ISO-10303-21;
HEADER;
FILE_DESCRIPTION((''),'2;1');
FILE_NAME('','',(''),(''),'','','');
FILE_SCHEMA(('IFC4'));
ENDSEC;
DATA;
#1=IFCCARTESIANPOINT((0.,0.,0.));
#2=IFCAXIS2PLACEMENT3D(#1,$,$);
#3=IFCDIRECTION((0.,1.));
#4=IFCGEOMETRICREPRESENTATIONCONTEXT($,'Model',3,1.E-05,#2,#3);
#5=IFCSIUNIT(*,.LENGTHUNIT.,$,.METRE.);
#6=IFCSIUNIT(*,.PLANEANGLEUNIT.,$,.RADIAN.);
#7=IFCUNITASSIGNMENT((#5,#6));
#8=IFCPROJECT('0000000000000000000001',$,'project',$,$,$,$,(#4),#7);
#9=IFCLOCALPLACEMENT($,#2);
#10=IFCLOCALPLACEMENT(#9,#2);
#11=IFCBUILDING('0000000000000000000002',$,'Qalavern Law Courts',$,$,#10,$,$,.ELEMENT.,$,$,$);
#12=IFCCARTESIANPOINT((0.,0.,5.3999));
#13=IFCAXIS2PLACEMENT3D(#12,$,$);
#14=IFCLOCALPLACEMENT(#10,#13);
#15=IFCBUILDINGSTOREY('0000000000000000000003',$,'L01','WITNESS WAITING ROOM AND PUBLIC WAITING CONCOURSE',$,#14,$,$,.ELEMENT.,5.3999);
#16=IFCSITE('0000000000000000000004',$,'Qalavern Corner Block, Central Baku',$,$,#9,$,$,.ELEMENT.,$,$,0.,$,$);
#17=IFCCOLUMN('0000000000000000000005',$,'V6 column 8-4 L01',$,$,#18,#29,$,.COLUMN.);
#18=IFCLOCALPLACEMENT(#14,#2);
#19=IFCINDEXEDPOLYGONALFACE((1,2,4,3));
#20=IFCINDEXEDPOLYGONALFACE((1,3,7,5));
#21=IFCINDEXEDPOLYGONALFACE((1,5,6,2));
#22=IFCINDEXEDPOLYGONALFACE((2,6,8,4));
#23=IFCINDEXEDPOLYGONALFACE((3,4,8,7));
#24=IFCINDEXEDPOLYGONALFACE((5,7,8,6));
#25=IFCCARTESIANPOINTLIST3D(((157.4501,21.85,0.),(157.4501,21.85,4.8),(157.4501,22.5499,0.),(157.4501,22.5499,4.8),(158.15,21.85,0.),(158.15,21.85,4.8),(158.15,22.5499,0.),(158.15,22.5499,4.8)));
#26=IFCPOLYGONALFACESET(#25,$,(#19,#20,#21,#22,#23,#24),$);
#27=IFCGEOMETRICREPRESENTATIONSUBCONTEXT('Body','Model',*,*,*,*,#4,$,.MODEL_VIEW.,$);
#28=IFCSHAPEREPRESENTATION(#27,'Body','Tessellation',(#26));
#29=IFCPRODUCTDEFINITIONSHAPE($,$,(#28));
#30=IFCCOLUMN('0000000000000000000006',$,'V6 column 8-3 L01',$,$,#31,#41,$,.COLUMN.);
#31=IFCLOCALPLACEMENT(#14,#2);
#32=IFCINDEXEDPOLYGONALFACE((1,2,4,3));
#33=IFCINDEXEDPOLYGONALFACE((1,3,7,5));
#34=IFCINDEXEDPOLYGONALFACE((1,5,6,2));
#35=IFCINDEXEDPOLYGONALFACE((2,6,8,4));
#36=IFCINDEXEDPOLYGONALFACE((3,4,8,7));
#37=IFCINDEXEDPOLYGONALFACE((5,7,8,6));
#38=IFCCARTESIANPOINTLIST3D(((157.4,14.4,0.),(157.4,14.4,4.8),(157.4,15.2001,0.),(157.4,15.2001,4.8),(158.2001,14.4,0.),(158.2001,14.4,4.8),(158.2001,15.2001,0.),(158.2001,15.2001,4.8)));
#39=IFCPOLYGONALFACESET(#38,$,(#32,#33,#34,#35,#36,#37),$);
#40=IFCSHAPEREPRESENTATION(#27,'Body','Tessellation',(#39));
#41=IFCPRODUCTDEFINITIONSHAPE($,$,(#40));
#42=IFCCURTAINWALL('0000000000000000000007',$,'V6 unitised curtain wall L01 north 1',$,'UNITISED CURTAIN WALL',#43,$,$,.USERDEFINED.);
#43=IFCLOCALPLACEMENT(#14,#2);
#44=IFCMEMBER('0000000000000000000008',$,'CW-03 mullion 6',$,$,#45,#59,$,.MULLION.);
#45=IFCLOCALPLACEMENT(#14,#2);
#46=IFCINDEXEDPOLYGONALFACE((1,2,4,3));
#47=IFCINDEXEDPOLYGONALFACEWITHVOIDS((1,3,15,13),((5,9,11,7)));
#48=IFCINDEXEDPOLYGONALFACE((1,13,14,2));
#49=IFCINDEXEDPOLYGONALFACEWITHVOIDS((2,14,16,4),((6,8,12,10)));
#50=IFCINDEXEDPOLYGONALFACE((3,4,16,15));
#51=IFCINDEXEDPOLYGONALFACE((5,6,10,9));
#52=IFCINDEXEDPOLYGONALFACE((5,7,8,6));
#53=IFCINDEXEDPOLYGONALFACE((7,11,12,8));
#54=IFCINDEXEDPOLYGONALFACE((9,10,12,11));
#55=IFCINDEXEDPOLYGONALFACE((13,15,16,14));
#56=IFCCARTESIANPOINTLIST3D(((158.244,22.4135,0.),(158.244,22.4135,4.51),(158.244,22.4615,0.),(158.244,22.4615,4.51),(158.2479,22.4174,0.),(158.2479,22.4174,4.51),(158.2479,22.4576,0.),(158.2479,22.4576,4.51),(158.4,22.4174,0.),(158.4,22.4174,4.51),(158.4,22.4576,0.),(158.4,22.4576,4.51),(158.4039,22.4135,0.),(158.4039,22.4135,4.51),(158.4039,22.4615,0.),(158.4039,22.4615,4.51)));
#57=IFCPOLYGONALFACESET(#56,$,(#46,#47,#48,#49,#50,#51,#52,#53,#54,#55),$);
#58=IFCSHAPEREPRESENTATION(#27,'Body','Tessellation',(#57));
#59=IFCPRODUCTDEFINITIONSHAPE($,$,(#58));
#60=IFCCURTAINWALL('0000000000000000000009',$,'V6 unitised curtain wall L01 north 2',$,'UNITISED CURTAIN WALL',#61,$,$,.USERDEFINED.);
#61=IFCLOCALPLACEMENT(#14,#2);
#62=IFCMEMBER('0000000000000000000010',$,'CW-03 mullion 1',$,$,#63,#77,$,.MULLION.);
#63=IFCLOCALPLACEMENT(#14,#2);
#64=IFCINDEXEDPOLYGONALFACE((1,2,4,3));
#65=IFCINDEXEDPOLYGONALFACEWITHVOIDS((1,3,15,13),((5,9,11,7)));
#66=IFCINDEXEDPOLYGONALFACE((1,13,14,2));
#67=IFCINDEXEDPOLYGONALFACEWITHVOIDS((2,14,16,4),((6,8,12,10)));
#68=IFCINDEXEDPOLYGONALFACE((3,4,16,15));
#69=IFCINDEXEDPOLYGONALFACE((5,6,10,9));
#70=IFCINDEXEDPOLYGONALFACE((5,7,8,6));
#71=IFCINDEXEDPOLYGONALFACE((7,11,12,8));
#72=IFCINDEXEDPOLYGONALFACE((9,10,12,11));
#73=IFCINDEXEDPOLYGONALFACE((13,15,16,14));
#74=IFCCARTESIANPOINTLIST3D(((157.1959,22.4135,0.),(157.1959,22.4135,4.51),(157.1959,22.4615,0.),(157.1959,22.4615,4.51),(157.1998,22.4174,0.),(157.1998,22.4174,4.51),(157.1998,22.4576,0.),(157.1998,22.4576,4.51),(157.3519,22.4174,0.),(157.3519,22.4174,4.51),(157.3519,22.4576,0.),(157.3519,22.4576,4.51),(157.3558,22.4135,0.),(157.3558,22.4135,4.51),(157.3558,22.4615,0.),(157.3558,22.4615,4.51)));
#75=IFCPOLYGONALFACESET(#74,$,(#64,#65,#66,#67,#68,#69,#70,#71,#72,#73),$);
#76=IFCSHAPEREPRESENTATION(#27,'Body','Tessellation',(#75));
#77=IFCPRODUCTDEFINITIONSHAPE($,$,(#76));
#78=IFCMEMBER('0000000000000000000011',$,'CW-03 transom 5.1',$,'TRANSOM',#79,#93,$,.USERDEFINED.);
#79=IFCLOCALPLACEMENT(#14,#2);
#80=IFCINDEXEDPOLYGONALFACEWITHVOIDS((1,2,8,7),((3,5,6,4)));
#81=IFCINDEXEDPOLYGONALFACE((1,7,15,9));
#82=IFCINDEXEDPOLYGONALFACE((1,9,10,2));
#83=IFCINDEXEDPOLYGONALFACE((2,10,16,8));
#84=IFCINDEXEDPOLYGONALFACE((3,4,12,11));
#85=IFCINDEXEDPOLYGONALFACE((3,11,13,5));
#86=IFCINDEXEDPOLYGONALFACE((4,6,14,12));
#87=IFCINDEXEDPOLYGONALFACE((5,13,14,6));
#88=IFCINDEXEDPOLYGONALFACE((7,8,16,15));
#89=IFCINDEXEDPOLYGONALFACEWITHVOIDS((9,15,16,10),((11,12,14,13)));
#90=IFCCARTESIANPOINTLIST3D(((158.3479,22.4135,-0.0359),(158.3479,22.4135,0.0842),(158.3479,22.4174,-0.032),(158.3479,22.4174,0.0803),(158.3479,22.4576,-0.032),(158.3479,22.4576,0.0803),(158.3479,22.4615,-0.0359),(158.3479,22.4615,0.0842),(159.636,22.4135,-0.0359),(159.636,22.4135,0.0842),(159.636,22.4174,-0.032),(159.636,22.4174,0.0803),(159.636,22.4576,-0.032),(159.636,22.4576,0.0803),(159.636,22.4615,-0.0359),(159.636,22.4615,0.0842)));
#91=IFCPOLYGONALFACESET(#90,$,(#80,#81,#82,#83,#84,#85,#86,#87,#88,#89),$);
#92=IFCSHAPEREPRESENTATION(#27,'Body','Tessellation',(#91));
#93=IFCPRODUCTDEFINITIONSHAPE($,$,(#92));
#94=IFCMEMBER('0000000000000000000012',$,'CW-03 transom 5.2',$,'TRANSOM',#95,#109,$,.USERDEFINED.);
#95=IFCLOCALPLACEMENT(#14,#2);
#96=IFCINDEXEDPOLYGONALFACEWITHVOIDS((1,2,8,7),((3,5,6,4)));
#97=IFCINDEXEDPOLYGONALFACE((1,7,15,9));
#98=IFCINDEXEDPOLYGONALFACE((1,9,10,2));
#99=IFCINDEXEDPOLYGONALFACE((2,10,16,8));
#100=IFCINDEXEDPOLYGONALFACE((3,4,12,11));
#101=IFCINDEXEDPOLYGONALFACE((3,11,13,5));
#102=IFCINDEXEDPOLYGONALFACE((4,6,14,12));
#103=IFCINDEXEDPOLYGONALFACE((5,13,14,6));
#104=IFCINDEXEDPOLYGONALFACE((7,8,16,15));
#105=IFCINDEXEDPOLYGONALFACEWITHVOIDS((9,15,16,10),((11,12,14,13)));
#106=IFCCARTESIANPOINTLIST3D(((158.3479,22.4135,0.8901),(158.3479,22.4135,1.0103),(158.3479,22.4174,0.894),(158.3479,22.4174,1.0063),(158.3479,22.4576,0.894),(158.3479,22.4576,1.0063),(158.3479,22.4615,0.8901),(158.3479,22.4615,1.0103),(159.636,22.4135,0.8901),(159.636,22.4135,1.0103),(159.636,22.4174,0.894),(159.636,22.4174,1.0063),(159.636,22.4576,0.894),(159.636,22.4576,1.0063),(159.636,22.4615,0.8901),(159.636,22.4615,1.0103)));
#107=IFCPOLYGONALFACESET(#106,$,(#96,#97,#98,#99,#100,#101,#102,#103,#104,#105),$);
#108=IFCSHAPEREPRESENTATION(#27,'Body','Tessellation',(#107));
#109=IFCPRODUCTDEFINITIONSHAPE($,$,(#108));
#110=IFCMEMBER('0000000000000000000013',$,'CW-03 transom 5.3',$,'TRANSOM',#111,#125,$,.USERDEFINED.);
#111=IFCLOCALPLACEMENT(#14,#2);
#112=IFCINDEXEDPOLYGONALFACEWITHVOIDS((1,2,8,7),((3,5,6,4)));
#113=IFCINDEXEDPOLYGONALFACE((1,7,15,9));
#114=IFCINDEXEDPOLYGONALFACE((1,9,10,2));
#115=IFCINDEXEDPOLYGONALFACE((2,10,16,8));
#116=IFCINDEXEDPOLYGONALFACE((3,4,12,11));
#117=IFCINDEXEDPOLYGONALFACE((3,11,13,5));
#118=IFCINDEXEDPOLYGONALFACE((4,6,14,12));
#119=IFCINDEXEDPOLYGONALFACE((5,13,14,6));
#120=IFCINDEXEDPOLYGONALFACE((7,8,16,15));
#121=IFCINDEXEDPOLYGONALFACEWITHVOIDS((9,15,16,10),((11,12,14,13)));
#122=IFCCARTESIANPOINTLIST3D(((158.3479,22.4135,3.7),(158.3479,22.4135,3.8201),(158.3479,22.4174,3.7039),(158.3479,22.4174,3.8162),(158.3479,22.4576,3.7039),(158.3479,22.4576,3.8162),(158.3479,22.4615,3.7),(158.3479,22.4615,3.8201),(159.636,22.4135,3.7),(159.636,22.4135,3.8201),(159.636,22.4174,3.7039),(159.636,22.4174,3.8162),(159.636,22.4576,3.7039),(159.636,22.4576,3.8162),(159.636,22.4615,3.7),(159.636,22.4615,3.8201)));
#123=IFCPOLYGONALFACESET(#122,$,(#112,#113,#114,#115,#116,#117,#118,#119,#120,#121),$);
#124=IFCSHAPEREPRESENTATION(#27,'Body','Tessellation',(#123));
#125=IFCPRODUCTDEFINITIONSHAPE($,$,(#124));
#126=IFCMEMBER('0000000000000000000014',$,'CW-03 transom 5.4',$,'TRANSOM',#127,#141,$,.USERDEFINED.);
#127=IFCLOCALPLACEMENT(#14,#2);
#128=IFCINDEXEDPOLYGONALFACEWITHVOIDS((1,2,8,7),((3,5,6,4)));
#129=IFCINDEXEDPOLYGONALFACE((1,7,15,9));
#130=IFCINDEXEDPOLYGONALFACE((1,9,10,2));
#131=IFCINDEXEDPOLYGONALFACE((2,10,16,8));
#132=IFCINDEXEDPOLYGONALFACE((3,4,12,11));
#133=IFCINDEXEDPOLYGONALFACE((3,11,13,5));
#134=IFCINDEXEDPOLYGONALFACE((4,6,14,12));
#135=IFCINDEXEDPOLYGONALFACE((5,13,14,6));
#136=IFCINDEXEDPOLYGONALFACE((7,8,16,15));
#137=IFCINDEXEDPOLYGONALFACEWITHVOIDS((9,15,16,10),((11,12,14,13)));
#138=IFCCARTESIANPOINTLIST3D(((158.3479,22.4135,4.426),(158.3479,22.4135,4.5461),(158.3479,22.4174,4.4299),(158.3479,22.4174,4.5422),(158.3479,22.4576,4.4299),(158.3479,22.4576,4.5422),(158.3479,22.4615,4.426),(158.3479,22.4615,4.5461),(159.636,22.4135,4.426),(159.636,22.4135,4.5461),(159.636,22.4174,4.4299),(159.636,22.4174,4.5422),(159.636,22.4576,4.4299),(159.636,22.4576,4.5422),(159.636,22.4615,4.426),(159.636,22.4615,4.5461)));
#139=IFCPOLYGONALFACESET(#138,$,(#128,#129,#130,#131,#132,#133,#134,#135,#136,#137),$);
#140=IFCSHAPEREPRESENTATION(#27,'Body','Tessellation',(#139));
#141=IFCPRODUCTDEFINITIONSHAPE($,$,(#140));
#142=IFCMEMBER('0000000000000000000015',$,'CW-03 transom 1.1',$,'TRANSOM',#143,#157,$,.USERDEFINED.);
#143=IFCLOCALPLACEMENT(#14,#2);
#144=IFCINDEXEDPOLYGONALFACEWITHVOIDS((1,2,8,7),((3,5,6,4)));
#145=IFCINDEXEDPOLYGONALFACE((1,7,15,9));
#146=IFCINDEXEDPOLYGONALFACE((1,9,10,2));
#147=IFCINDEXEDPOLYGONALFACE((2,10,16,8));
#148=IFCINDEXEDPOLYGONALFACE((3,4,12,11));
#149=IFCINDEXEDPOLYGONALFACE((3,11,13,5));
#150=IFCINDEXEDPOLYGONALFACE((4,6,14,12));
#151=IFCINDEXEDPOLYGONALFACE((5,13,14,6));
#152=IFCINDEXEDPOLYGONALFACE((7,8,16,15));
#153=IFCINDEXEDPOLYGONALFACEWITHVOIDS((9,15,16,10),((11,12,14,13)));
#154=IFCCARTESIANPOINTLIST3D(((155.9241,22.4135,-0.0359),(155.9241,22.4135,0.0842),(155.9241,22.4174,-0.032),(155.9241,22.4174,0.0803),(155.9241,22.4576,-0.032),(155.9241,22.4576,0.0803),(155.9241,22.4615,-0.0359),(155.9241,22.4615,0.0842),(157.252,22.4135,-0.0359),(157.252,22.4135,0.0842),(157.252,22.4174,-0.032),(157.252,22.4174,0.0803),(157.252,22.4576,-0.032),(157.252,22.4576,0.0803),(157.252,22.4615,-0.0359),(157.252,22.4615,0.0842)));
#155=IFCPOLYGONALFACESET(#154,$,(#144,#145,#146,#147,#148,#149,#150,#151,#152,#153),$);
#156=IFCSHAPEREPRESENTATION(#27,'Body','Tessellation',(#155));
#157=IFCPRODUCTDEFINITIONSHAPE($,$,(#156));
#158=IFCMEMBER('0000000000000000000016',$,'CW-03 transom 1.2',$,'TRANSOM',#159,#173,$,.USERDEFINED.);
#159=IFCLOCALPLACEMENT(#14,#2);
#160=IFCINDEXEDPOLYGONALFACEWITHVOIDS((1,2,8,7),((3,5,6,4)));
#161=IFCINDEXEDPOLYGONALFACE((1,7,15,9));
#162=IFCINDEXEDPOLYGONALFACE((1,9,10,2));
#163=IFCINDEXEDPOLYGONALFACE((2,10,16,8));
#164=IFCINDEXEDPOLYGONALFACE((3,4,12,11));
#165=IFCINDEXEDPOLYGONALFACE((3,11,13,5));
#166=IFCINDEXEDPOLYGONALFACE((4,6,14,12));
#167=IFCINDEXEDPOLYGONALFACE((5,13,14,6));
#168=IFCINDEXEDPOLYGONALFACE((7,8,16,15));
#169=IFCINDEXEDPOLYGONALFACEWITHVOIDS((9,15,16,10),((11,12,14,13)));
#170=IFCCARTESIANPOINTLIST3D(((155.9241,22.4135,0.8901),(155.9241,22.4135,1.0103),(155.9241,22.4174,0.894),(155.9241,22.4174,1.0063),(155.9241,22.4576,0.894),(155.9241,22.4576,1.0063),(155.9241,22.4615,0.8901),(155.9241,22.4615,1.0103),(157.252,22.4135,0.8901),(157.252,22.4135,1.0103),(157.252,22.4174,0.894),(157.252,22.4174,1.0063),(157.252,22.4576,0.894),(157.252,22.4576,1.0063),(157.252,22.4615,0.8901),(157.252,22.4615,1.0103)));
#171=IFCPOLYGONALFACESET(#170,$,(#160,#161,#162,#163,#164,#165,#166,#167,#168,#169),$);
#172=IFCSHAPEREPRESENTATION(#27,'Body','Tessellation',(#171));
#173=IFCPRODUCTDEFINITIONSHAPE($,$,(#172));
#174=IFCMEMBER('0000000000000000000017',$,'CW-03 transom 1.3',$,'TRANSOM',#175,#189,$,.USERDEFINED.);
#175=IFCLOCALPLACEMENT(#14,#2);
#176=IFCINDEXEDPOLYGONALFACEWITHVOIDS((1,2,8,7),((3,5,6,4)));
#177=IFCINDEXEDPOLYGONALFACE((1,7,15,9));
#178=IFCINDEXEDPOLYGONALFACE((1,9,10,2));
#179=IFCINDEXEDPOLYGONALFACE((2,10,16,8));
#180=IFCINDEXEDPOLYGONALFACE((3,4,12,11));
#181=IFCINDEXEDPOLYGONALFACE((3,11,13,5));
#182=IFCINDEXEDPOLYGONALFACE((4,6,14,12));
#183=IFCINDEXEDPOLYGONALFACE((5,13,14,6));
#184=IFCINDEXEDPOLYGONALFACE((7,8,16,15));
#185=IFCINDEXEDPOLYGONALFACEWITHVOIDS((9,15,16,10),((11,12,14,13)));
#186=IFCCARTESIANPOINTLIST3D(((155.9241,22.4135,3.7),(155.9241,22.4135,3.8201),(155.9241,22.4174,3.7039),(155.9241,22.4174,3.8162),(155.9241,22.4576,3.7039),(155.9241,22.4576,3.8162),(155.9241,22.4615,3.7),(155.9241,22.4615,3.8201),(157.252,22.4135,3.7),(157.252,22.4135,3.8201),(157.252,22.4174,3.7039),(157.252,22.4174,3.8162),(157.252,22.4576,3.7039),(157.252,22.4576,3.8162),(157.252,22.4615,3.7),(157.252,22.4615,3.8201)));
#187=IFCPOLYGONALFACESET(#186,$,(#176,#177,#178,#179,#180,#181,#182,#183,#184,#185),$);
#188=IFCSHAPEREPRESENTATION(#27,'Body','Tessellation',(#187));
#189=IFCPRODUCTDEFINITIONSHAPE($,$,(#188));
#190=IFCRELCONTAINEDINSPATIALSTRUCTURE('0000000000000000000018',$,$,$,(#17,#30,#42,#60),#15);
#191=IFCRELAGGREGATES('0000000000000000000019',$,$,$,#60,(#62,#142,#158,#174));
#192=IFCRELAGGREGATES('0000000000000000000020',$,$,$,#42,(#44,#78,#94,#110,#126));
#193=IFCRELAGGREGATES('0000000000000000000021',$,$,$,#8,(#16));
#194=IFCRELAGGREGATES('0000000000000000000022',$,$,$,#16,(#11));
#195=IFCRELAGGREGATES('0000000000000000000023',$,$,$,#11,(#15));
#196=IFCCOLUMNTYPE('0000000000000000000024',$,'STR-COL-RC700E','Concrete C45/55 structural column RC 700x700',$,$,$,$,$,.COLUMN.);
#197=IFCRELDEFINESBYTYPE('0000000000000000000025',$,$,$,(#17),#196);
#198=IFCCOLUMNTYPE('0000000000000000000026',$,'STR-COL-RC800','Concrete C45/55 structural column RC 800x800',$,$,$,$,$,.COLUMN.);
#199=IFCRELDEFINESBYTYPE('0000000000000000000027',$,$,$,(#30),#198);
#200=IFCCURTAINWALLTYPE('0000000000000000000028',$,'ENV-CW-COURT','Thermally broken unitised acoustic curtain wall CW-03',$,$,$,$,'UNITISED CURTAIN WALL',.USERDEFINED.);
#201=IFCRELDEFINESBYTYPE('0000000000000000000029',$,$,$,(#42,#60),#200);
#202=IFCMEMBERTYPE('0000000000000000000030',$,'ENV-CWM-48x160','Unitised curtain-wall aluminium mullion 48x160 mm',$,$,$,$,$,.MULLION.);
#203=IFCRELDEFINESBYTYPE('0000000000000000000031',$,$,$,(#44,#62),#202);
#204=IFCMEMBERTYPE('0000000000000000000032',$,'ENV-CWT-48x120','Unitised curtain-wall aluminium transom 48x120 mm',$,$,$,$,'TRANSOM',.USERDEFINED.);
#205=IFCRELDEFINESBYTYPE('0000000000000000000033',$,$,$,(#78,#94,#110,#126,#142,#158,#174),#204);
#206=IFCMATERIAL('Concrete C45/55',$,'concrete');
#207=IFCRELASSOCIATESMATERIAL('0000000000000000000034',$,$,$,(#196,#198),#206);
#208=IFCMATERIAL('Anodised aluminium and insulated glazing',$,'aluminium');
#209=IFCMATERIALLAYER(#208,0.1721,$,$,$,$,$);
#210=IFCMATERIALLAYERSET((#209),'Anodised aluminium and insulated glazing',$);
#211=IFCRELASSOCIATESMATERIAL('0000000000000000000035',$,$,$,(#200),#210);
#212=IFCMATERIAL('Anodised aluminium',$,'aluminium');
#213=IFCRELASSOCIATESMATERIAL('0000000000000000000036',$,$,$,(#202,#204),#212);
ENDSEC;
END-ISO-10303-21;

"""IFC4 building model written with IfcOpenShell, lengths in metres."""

from ifc_helpers import new_model, si_unit, direction, frame, origin, origin_2d, place, context, subcontext, project, spatial, rectangle, hollow_rectangle, extrude, material, layer, layer_set, material_profile, profile_set, type_object, element, aggregate, save


model = new_model("IFC4")

# Units and contexts
model_context = context("Model", 3, precision=1e-05, world=origin(), true_north=direction((0.0, 1.0)))
body_context = subcontext(model_context, "Body", "Model", "MODEL_VIEW")
ifc_project = project(units=[si_unit("LENGTHUNIT", "METRE"), si_unit("PLANEANGLEUNIT", "RADIAN")], contexts=[model_context])

# Site, building, storey
site_placement = place(None, origin())
site = spatial("IfcSite", under=ifc_project, at=site_placement, Name="Qalavern Corner Block, Central Baku", CompositionType="ELEMENT", RefElevation=0.0)
building_placement = place(site_placement, origin())
building = spatial("IfcBuilding", under=site, at=building_placement, Name="Qalavern Law Courts", CompositionType="ELEMENT")
storey_placement = place(building_placement, frame((0.0, 0.0, 5.3999)))
storey = spatial("IfcBuildingStorey", under=building, at=storey_placement, Name="L01", Description="WITNESS WAITING ROOM AND PUBLIC WAITING CONCOURSE", CompositionType="ELEMENT", Elevation=5.3999)

# Columns
ifc_material_1 = material(Name="Concrete C45/55", Category="concrete")
ifc_material_profile_1 = material_profile(ifc_material_1, rectangle(XDim=0.7, YDim=0.7, at=origin_2d()), Name="RC 700x700")
ifc_profile_set_1 = profile_set([ifc_material_profile_1], Name="Concrete C45/55")
column_type_1 = type_object("IfcColumnType", Name="STR-COL-RC700E", Description="Concrete C45/55 structural column RC 700x700", PredefinedType="COLUMN", material=ifc_profile_set_1)
column_1_placement = place(storey_placement, frame((157.8, 22.2, 0.0), z_axis=(0.0, 0.0, 1.0), x_axis=(1.0, 0.0, 0.0)))
element("IfcColumn", 1, at=column_1_placement, inside=storey, type_object=column_type_1, Name="V6 column 8-4 L01", PredefinedType="COLUMN", context=body_context, shape_type="SweptSolid", body=[
    extrude(rectangle(XDim=0.7, YDim=0.7, at=origin_2d()), origin(), (0.0, 0.0, 1.0), 4.8),
])
ifc_material_profile_2 = material_profile(ifc_material_1, rectangle(XDim=0.8, YDim=0.8, at=origin_2d()), Name="RC 800x800")
ifc_profile_set_2 = profile_set([ifc_material_profile_2], Name="Concrete C45/55")
column_type_2 = type_object("IfcColumnType", Name="STR-COL-RC800", Description="Concrete C45/55 structural column RC 800x800", PredefinedType="COLUMN", material=ifc_profile_set_2)
column_2_placement = place(storey_placement, frame((157.8, 14.8, 0.0), z_axis=(0.0, 0.0, 1.0), x_axis=(1.0, 0.0, 0.0)))
element("IfcColumn", 2, at=column_2_placement, inside=storey, type_object=column_type_2, Name="V6 column 8-3 L01", PredefinedType="COLUMN", context=body_context, shape_type="SweptSolid", body=[
    extrude(rectangle(XDim=0.8, YDim=0.8, at=origin_2d()), origin(), (0.0, 0.0, 1.0), 4.8),
])

# Curtain walls, members
ifc_material_2 = material(Name="Anodised aluminium and insulated glazing", Category="aluminium")
ifc_layer_1 = layer(ifc_material_2, 0.1721)
ifc_layer_set_1 = layer_set([ifc_layer_1], Name="Anodised aluminium and insulated glazing")
curtain_wall_type = type_object("IfcCurtainWallType", Name="ENV-CW-COURT", Description="Thermally broken unitised acoustic curtain wall CW-03", ElementType="UNITISED CURTAIN WALL", PredefinedType="USERDEFINED", material=ifc_layer_set_1)
curtain_wall_1_placement = place(storey_placement, origin())
curtain_wall_1 = element("IfcCurtainWall", 3, at=curtain_wall_1_placement, inside=storey, type_object=curtain_wall_type, Name="V6 unitised curtain wall L01 north 1", ObjectType="UNITISED CURTAIN WALL", PredefinedType="USERDEFINED")
ifc_material_3 = material(Name="Anodised aluminium", Category="aluminium")
ifc_material_profile_3 = material_profile(ifc_material_3, hollow_rectangle(XDim=0.0481, YDim=0.1599, WallThickness=0.0039, at=origin_2d()), Name="ALU MULLION 48x160")
ifc_profile_set_3 = profile_set([ifc_material_profile_3], Name="Anodised aluminium")
member_type_1 = type_object("IfcMemberType", Name="ENV-CWM-48x160", Description="Unitised curtain-wall aluminium mullion 48x160 mm", PredefinedType="MULLION", material=ifc_profile_set_3)
member_1_placement = place(storey_placement, frame((158.324, 22.4375, 0.0), z_axis=(0.0, 0.0, 1.0), x_axis=(0.0, -1.0, 0.0)))
member_1 = element("IfcMember", 4, at=member_1_placement, type_object=member_type_1, Name="CW-03 mullion 6", PredefinedType="MULLION", context=body_context, shape_type="SweptSolid", body=[
    extrude(hollow_rectangle(XDim=0.0481, YDim=0.1599, WallThickness=0.0039, at=origin_2d()), origin(), (0.0, 0.0, 1.0), 4.51),
])
curtain_wall_2_placement = place(storey_placement, origin())
curtain_wall_2 = element("IfcCurtainWall", 5, at=curtain_wall_2_placement, inside=storey, type_object=curtain_wall_type, Name="V6 unitised curtain wall L01 north 2", ObjectType="UNITISED CURTAIN WALL", PredefinedType="USERDEFINED")
member_2_placement = place(storey_placement, frame((157.2759, 22.4375, 0.0), z_axis=(0.0, 0.0, 1.0), x_axis=(0.0, -1.0, 0.0)))
member_2 = element("IfcMember", 6, at=member_2_placement, type_object=member_type_1, Name="CW-03 mullion 1", PredefinedType="MULLION", context=body_context, shape_type="SweptSolid", body=[
    extrude(hollow_rectangle(XDim=0.0481, YDim=0.1599, WallThickness=0.0039, at=origin_2d()), origin(), (0.0, 0.0, 1.0), 4.51),
])

# Members
ifc_material_profile_4 = material_profile(ifc_material_3, hollow_rectangle(XDim=0.0481, YDim=0.1201, WallThickness=0.0039, at=origin_2d()), Name="ALU TRANSOM 48x120")
ifc_profile_set_4 = profile_set([ifc_material_profile_4], Name="Anodised aluminium")
member_type_2 = type_object("IfcMemberType", Name="ENV-CWT-48x120", Description="Unitised curtain-wall aluminium transom 48x120 mm", ElementType="TRANSOM", PredefinedType="USERDEFINED", material=ifc_profile_set_4)
member_3_placement = place(storey_placement, frame((159.636, 22.4375, 0.0242), z_axis=(-1.0, 0.0, 0.0), x_axis=(0.0, -1.0, 0.0)))
member_3 = element("IfcMember", 7, at=member_3_placement, type_object=member_type_2, Name="CW-03 transom 5.1", ObjectType="TRANSOM", PredefinedType="USERDEFINED", context=body_context, shape_type="SweptSolid", body=[
    extrude(hollow_rectangle(XDim=0.0481, YDim=0.1201, WallThickness=0.0039, at=origin_2d()), origin(), (0.0, 0.0, 1.0), 1.2881),
])
member_4_placement = place(storey_placement, frame((159.636, 22.4375, 0.9502), z_axis=(-1.0, 0.0, 0.0), x_axis=(0.0, -1.0, 0.0)))
member_4 = element("IfcMember", 8, at=member_4_placement, type_object=member_type_2, Name="CW-03 transom 5.2", ObjectType="TRANSOM", PredefinedType="USERDEFINED", context=body_context, shape_type="SweptSolid", body=[
    extrude(hollow_rectangle(XDim=0.0481, YDim=0.1201, WallThickness=0.0039, at=origin_2d()), origin(), (0.0, 0.0, 1.0), 1.2881),
])
member_5_placement = place(storey_placement, frame((159.636, 22.4375, 3.76), z_axis=(-1.0, 0.0, 0.0), x_axis=(0.0, -1.0, 0.0)))
member_5 = element("IfcMember", 9, at=member_5_placement, type_object=member_type_2, Name="CW-03 transom 5.3", ObjectType="TRANSOM", PredefinedType="USERDEFINED", context=body_context, shape_type="SweptSolid", body=[
    extrude(hollow_rectangle(XDim=0.0481, YDim=0.1201, WallThickness=0.0039, at=origin_2d()), origin(), (0.0, 0.0, 1.0), 1.2881),
])
member_6_placement = place(storey_placement, frame((159.636, 22.4375, 4.4861), z_axis=(-1.0, 0.0, 0.0), x_axis=(0.0, -1.0, 0.0)))
member_6 = element("IfcMember", 10, at=member_6_placement, type_object=member_type_2, Name="CW-03 transom 5.4", ObjectType="TRANSOM", PredefinedType="USERDEFINED", context=body_context, shape_type="SweptSolid", body=[
    extrude(hollow_rectangle(XDim=0.0481, YDim=0.1201, WallThickness=0.0039, at=origin_2d()), origin(), (0.0, 0.0, 1.0), 1.2881),
])
member_7_placement = place(storey_placement, frame((157.252, 22.4375, 0.0242), z_axis=(-1.0, 0.0, 0.0), x_axis=(0.0, -1.0, 0.0)))
member_7 = element("IfcMember", 11, at=member_7_placement, type_object=member_type_2, Name="CW-03 transom 1.1", ObjectType="TRANSOM", PredefinedType="USERDEFINED", context=body_context, shape_type="SweptSolid", body=[
    extrude(hollow_rectangle(XDim=0.0481, YDim=0.1201, WallThickness=0.0039, at=origin_2d()), origin(), (0.0, 0.0, 1.0), 1.3279),
])
member_8_placement = place(storey_placement, frame((157.252, 22.4375, 0.9502), z_axis=(-1.0, 0.0, 0.0), x_axis=(0.0, -1.0, 0.0)))
member_8 = element("IfcMember", 12, at=member_8_placement, type_object=member_type_2, Name="CW-03 transom 1.2", ObjectType="TRANSOM", PredefinedType="USERDEFINED", context=body_context, shape_type="SweptSolid", body=[
    extrude(hollow_rectangle(XDim=0.0481, YDim=0.1201, WallThickness=0.0039, at=origin_2d()), origin(), (0.0, 0.0, 1.0), 1.3279),
])
member_9_placement = place(storey_placement, frame((157.252, 22.4375, 3.76), z_axis=(-1.0, 0.0, 0.0), x_axis=(0.0, -1.0, 0.0)))
member_9 = element("IfcMember", 13, at=member_9_placement, type_object=member_type_2, Name="CW-03 transom 1.3", ObjectType="TRANSOM", PredefinedType="USERDEFINED", context=body_context, shape_type="SweptSolid", body=[
    extrude(hollow_rectangle(XDim=0.0481, YDim=0.1201, WallThickness=0.0039, at=origin_2d()), origin(), (0.0, 0.0, 1.0), 1.3279),
])
aggregate(curtain_wall_2, [member_2, member_7, member_8, member_9])

aggregate(curtain_wall_1, [member_1, member_3, member_4, member_5, member_6])

save(model, "model.ifc")
